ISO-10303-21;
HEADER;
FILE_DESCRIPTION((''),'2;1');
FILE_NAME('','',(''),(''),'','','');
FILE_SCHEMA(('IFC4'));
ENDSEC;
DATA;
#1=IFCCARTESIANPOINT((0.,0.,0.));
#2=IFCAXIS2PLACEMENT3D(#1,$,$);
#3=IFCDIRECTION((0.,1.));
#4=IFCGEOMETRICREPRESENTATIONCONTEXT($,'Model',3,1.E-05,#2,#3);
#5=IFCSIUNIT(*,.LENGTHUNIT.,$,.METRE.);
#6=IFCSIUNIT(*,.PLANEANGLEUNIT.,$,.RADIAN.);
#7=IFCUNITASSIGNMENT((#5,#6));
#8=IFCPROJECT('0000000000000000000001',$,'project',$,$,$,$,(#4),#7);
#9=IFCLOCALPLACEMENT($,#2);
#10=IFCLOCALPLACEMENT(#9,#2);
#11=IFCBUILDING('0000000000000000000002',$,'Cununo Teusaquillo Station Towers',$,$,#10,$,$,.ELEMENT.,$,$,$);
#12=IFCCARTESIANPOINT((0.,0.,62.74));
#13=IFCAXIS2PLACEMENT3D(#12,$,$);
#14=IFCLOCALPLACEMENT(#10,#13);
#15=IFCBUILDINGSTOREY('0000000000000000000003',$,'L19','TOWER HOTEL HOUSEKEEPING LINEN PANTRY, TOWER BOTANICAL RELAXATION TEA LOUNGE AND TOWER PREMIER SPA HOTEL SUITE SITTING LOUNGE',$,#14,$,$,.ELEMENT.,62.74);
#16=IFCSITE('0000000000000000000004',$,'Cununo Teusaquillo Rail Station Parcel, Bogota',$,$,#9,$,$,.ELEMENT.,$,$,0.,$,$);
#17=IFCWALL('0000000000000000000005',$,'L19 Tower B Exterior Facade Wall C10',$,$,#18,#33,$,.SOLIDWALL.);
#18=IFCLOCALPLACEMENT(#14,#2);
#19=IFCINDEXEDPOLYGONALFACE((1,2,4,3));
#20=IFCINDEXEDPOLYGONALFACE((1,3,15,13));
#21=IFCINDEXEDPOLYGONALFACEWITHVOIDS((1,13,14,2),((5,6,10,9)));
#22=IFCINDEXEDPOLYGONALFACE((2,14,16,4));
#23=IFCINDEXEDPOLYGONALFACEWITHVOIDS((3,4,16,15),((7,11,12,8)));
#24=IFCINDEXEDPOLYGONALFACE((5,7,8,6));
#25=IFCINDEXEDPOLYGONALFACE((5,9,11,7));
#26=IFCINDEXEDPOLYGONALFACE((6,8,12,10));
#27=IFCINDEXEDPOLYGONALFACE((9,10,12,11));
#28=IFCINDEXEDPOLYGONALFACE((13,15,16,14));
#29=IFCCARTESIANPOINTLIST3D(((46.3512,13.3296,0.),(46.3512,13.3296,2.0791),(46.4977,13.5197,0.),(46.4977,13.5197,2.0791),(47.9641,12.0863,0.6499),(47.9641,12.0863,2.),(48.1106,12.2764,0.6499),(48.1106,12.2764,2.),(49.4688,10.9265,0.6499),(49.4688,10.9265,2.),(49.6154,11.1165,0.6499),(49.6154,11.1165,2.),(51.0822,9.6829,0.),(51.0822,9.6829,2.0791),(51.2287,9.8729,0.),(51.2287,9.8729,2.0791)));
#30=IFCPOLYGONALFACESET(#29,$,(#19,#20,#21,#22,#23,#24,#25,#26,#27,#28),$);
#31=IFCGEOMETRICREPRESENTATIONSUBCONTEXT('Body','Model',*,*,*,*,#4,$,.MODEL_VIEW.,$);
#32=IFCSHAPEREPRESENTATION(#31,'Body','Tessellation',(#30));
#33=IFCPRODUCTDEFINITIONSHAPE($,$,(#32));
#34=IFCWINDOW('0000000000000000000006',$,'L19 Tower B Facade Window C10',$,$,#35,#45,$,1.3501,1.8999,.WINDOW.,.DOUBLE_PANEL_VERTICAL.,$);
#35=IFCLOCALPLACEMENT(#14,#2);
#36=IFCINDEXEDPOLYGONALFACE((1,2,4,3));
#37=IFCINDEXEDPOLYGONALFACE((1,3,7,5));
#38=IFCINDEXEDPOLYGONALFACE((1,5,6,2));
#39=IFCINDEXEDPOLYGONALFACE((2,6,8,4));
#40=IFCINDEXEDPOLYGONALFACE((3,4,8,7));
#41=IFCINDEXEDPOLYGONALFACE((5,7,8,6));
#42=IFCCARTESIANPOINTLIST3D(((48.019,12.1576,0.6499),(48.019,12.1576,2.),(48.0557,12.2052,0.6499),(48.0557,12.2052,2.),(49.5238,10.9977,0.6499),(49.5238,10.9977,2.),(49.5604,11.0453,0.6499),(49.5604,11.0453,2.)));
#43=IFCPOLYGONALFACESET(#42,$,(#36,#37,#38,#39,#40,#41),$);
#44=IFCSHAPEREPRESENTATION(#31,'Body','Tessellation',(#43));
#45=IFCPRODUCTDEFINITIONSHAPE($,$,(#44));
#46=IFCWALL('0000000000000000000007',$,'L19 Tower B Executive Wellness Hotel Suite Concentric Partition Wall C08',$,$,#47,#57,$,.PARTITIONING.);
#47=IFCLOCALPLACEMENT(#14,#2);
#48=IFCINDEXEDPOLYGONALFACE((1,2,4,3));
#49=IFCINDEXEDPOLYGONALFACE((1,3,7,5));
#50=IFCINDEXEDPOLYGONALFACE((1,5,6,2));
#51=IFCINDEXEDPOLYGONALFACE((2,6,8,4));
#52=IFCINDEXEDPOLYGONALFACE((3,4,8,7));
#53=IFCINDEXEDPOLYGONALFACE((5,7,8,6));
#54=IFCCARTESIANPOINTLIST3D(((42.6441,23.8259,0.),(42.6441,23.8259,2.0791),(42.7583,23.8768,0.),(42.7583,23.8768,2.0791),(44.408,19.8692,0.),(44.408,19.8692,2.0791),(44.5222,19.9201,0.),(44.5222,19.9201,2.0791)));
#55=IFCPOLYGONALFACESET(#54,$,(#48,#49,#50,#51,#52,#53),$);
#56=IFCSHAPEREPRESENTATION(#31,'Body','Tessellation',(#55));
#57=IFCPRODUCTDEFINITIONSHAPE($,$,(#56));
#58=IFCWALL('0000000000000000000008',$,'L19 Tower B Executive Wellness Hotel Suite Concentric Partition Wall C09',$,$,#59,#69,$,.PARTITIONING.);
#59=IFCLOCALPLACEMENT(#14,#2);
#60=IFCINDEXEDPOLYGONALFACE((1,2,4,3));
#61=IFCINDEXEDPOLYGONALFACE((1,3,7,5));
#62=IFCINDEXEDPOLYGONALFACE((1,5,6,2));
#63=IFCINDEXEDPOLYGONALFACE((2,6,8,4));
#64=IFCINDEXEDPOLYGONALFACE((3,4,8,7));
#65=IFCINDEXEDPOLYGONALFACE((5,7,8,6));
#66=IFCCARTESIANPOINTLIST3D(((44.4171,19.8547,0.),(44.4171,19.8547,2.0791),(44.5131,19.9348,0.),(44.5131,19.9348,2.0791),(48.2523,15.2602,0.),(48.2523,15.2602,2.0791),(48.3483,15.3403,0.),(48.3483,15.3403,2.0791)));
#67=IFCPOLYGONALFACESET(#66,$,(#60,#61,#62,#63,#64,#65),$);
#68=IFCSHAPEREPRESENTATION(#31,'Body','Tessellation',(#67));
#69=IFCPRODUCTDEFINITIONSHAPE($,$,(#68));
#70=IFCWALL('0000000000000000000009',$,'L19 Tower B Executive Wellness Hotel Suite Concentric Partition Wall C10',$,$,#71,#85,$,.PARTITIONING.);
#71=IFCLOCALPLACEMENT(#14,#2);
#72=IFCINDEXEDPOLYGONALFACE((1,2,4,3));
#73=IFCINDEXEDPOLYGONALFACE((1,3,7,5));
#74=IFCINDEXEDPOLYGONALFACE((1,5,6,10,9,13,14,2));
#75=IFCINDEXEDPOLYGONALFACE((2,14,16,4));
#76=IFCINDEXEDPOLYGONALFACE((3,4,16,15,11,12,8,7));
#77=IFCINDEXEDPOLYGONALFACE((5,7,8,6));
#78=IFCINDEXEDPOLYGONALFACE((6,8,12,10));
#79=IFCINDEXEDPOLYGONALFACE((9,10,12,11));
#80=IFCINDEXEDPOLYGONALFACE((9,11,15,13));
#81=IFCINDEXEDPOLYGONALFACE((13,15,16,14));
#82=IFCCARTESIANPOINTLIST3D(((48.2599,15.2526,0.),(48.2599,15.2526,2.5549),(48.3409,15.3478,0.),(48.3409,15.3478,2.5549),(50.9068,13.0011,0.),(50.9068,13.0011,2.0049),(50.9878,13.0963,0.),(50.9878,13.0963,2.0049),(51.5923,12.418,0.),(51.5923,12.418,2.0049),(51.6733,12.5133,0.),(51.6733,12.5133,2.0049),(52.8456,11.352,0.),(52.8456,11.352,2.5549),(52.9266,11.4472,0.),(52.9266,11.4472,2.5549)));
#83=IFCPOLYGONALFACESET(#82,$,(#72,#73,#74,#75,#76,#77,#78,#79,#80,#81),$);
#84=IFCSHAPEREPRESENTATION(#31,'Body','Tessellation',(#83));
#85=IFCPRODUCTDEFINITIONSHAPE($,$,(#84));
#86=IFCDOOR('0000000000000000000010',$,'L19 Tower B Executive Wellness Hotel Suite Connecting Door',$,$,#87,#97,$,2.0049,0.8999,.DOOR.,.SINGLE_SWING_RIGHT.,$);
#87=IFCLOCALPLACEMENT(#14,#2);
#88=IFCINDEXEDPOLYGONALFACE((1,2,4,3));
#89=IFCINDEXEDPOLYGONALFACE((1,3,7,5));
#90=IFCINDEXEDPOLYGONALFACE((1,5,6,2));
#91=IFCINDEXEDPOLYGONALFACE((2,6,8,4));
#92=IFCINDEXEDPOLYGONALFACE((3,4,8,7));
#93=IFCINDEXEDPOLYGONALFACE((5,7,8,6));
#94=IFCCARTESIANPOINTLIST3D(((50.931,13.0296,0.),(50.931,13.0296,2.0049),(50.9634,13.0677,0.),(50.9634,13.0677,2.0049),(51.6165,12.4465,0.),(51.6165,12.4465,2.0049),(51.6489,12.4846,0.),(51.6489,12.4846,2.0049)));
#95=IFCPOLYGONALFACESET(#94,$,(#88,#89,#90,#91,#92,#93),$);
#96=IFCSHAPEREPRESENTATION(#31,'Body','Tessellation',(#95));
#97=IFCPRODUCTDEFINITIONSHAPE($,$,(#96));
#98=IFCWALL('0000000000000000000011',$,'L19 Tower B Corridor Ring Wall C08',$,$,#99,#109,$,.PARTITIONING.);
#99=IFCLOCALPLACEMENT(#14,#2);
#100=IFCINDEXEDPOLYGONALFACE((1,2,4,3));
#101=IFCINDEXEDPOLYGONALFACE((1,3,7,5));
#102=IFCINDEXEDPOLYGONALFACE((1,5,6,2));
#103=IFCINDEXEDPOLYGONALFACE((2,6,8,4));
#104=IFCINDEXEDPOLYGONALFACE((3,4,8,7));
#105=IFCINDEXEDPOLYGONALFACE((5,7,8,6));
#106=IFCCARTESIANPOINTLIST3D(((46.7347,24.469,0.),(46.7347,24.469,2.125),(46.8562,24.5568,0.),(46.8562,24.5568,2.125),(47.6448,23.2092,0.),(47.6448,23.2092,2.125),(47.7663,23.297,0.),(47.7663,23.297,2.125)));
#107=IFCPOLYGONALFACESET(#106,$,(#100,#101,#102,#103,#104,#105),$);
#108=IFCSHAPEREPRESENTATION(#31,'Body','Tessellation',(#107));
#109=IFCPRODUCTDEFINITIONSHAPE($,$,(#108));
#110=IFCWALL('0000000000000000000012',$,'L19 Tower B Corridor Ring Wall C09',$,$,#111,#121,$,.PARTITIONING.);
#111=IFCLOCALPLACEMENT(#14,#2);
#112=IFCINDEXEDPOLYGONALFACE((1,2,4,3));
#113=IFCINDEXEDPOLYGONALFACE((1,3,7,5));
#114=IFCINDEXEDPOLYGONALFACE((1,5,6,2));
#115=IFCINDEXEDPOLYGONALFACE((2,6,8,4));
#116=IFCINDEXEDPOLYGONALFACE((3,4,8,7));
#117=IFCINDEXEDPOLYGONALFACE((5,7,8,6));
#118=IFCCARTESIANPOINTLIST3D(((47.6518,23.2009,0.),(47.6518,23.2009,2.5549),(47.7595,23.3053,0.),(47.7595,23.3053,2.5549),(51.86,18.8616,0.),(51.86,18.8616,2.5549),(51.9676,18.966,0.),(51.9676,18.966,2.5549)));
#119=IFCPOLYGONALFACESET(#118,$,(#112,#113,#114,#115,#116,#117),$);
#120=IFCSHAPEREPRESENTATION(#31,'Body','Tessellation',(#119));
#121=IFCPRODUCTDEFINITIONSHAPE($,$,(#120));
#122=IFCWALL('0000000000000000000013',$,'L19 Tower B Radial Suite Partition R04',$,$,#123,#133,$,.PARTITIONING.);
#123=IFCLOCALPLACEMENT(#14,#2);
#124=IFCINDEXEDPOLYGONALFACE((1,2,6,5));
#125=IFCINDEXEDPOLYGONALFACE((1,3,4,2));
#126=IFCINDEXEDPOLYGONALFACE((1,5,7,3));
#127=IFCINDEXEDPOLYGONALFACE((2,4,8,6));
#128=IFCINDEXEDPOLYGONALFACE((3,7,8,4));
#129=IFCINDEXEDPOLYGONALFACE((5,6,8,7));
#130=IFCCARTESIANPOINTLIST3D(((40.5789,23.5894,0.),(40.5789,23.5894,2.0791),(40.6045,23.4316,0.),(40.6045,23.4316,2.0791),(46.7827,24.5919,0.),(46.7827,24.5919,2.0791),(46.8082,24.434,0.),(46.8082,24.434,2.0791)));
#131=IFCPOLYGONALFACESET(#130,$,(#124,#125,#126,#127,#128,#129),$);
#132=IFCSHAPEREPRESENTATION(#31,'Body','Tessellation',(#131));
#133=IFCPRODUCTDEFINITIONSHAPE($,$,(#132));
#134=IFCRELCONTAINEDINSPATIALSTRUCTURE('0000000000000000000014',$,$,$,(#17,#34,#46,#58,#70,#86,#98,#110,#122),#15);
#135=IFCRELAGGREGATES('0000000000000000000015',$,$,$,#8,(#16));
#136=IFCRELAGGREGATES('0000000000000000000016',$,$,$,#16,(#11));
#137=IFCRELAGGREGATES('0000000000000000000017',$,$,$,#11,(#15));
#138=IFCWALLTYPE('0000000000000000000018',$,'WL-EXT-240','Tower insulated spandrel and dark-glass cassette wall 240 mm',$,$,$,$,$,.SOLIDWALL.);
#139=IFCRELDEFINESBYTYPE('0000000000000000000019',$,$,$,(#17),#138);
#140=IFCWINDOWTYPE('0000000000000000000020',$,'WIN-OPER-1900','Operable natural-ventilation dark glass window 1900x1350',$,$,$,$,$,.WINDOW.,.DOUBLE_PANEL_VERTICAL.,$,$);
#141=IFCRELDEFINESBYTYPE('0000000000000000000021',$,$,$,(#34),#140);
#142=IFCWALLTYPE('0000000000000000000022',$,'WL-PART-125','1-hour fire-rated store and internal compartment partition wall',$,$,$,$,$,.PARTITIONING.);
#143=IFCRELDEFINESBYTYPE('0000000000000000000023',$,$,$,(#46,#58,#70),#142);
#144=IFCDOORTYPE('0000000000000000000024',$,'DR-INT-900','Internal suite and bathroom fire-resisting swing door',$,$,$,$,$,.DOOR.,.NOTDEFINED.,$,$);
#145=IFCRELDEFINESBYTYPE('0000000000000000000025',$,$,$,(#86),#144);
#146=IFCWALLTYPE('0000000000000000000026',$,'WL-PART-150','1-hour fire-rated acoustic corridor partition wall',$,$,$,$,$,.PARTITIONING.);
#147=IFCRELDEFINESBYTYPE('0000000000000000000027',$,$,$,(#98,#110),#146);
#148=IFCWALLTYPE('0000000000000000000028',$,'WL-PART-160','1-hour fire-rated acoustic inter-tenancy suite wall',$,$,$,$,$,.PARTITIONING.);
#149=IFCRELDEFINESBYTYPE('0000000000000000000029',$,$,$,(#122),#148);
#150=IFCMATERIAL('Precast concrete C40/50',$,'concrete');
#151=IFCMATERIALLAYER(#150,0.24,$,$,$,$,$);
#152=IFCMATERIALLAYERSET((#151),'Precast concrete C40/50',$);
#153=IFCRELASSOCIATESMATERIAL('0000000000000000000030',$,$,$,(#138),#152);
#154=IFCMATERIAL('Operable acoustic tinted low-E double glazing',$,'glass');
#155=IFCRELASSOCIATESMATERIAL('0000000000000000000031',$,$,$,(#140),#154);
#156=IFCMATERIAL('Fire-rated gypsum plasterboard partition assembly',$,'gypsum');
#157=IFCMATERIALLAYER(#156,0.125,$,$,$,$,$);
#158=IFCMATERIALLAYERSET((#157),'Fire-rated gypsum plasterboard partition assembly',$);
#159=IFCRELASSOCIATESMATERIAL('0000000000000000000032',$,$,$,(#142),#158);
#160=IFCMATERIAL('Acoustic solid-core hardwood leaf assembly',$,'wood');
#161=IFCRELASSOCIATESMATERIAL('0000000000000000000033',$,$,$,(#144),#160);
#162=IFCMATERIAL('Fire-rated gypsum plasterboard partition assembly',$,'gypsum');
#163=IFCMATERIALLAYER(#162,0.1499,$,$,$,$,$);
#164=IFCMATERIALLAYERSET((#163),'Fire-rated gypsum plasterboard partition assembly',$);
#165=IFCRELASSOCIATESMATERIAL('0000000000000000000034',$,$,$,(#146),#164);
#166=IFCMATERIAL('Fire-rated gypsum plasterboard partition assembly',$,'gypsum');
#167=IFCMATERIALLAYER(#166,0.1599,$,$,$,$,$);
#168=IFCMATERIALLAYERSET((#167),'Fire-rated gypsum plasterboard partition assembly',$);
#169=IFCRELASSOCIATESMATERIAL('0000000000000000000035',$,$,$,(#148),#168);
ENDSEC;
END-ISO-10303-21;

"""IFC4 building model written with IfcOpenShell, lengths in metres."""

from ifc_helpers import new_model, si_unit, direction, frame, frame_2d, origin, place, context, subcontext, project, spatial, rectangle, extrude, source, transform, mapped, material, layer, layer_set, type_object, element, fill, save


model = new_model("IFC4")

# Units and contexts
model_context = context("Model", 3, precision=1e-05, world=origin(), true_north=direction((0.0, 1.0)))
body_context = subcontext(model_context, "Body", "Model", "MODEL_VIEW")
ifc_project = project(units=[si_unit("LENGTHUNIT", "METRE"), si_unit("PLANEANGLEUNIT", "RADIAN")], contexts=[model_context])

# Site, building, storey
site_placement = place(None, origin())
site = spatial("IfcSite", under=ifc_project, at=site_placement, Name="Cununo Teusaquillo Rail Station Parcel, Bogota", CompositionType="ELEMENT", RefElevation=0.0)
building_placement = place(site_placement, origin())
building = spatial("IfcBuilding", under=site, at=building_placement, Name="Cununo Teusaquillo Station Towers", CompositionType="ELEMENT")
storey_placement = place(building_placement, frame((0.0, 0.0, 62.74)))
storey = spatial("IfcBuildingStorey", under=building, at=storey_placement, Name="L19", Description="TOWER HOTEL HOUSEKEEPING LINEN PANTRY, TOWER BOTANICAL RELAXATION TEA LOUNGE AND TOWER PREMIER SPA HOTEL SUITE SITTING LOUNGE", CompositionType="ELEMENT", Elevation=62.74)

# Shared definitions
ifc_material_1 = material(Name="Precast concrete C40/50", Category="concrete")
ifc_layer_1 = layer(ifc_material_1, 0.24)
ifc_layer_set_1 = layer_set([ifc_layer_1], Name="Precast concrete C40/50")
wall_type_1 = type_object("IfcWallType", Name="WL-EXT-240", Description="Tower insulated spandrel and dark-glass cassette wall 240 mm", PredefinedType="SOLIDWALL", material=ifc_layer_set_1)

# Shared definitions
shared_shape_1 = source(origin(), body_context, "Body", "SweptSolid", [
    extrude(rectangle(XDim=1.8999, YDim=1.3501, at=frame_2d((0.95, 0.675))), frame((0.0, 0.1299, 0.0), z_axis=(0.0, -1.0, 0.0), x_axis=(1.0, 0.0, 0.0)), (0.0, 0.0, 1.0), 0.26),
])
ifc_material_2 = material(Name="Operable acoustic tinted low-E double glazing", Category="glass")
window_type_1 = type_object("IfcWindowType", Name="WIN-OPER-1900", Description="Operable natural-ventilation dark glass window 1900x1350", PartitioningType="DOUBLE_PANEL_VERTICAL", PredefinedType="WINDOW", material=ifc_material_2)
shared_shape_2 = source(origin(), body_context, "Body", "SweptSolid", [
    extrude(rectangle(XDim=1.8999, YDim=1.3501, at=frame_2d((0.95, 0.675))), frame((0.0, 0.03, 0.0), z_axis=(0.0, -1.0, 0.0), x_axis=(1.0, 0.0, 0.0)), (0.0, 0.0, 1.0), 0.0601),
])

# Wall, opening, window
wall_1_placement = place(storey_placement, frame((51.1555, 9.7778, 0.0), z_axis=(0.0, 0.0, 1.0), x_axis=(-0.792014, 0.610503, 0.0)))
wall_1 = element("IfcWall", 1, at=wall_1_placement, inside=storey, type_object=wall_type_1, Name="L19 Tower B Exterior Facade Wall C10", PredefinedType="SOLIDWALL", context=body_context, shape_type="SweptSolid", body=[
    extrude(rectangle(XDim=5.9734, YDim=0.24, at=frame_2d((2.9868, 0.0))), origin(), (0.0, 0.0, 1.0), 2.0791),
])
opening_1_placement = place(wall_1_placement, frame((2.0371, 0.0, 0.6499)))
opening_1 = element("IfcOpeningElement", 2, at=opening_1_placement, cuts=wall_1, PredefinedType="OPENING", context=body_context, shape_type="MappedRepresentation", body=[
    mapped(shared_shape_1, transform((0.0, 0.0, 0.0), x_axis=(1.0, 0.0, 0.0), y_axis=(0.0, 1.0, 0.0), z_axis=(0.0, 0.0, 1.0), scale=1.0)),
])
window_1_placement = place(opening_1_placement, origin())
window_1 = element("IfcWindow", 3, at=window_1_placement, inside=storey, type_object=window_type_1, Name="L19 Tower B Facade Window C10", OverallHeight=1.3501, OverallWidth=1.8999, PartitioningType="DOUBLE_PANEL_VERTICAL", PredefinedType="WINDOW", context=body_context, shape_type="MappedRepresentation", body=[
    mapped(shared_shape_2, transform((0.0, 0.0, 0.0), x_axis=(1.0, 0.0, 0.0), y_axis=(0.0, 1.0, 0.0), z_axis=(0.0, 0.0, 1.0), scale=1.0)),
])
fill(opening_1, window_1)

# Walls
ifc_material_3 = material(Name="Fire-rated gypsum plasterboard partition assembly", Category="gypsum")
ifc_layer_2 = layer(ifc_material_3, 0.125)
ifc_layer_set_2 = layer_set([ifc_layer_2], Name="Fire-rated gypsum plasterboard partition assembly")
wall_type_2 = type_object("IfcWallType", Name="WL-PART-125", Description="1-hour fire-rated store and internal compartment partition wall", PredefinedType="PARTITIONING", material=ifc_layer_set_2)
wall_2_placement = place(storey_placement, frame((42.7012, 23.8513, 0.0), z_axis=(0.0, 0.0, 1.0), x_axis=(0.407189, -0.913344, 0.0)))
element("IfcWall", 4, at=wall_2_placement, inside=storey, type_object=wall_type_2, Name="L19 Tower B Executive Wellness Hotel Suite Concentric Partition Wall C08", PredefinedType="PARTITIONING", context=body_context, shape_type="SweptSolid", body=[
    extrude(rectangle(XDim=4.332, YDim=0.125, at=frame_2d((2.166, 0.0))), origin(), (0.0, 0.0, 1.0), 2.0791),
])
wall_3_placement = place(storey_placement, frame((44.4651, 19.8948, 0.0), z_axis=(0.0, 0.0, 1.0), x_axis=(0.640822, -0.767689, 0.0)))
element("IfcWall", 5, at=wall_3_placement, inside=storey, type_object=wall_type_2, Name="L19 Tower B Executive Wellness Hotel Suite Concentric Partition Wall C09", PredefinedType="PARTITIONING", context=body_context, shape_type="SweptSolid", body=[
    extrude(rectangle(XDim=5.9849, YDim=0.125, at=frame_2d((2.9924, 0.0))), origin(), (0.0, 0.0, 1.0), 2.0791),
])

# Wall, opening, door
wall_4_placement = place(storey_placement, frame((48.3003, 15.3003, 0.0), z_axis=(0.0, 0.0, 1.0), x_axis=(0.76171, -0.647918, 0.0)))
wall_4 = element("IfcWall", 6, at=wall_4_placement, inside=storey, type_object=wall_type_2, Name="L19 Tower B Executive Wellness Hotel Suite Concentric Partition Wall C10", PredefinedType="PARTITIONING", context=body_context, shape_type="SweptSolid", body=[
    extrude(rectangle(XDim=6.0203, YDim=0.125, at=frame_2d((3.0103, 0.0))), origin(), (0.0, 0.0, 1.0), 2.5549),
])
shared_shape_3 = source(origin(), body_context, "Body", "SweptSolid", [
    extrude(rectangle(XDim=0.8999, YDim=2.0049, at=frame_2d((0.45, 1.0024))), frame((0.0, 0.0725, 0.0), z_axis=(0.0, -1.0, 0.0), x_axis=(1.0, 0.0, 0.0)), (0.0, 0.0, 1.0), 0.145),
])
opening_2_placement = place(wall_4_placement, frame((3.4751, 0.0, 0.0)))
opening_2 = element("IfcOpeningElement", 7, at=opening_2_placement, cuts=wall_4, PredefinedType="OPENING", context=body_context, shape_type="MappedRepresentation", body=[
    mapped(shared_shape_3, transform((0.0, 0.0, 0.0), x_axis=(1.0, 0.0, 0.0), y_axis=(0.0, 1.0, 0.0), z_axis=(0.0, 0.0, 1.0), scale=1.0)),
])
ifc_material_4 = material(Name="Acoustic solid-core hardwood leaf assembly", Category="wood")
door_type_1 = type_object("IfcDoorType", Name="DR-INT-900", Description="Internal suite and bathroom fire-resisting swing door", OperationType="NOTDEFINED", PredefinedType="DOOR", material=ifc_material_4)
shared_shape_4 = source(origin(), body_context, "Body", "SweptSolid", [
    extrude(rectangle(XDim=0.8999, YDim=2.0049, at=frame_2d((0.45, 1.0024))), frame((0.0, 0.0249, 0.0), z_axis=(0.0, -1.0, 0.0), x_axis=(1.0, 0.0, 0.0)), (0.0, 0.0, 1.0), 0.05),
])
door_1_placement = place(opening_2_placement, origin())
door_1 = element("IfcDoor", 8, at=door_1_placement, inside=storey, type_object=door_type_1, Name="L19 Tower B Executive Wellness Hotel Suite Connecting Door", OperationType="SINGLE_SWING_RIGHT", OverallHeight=2.0049, OverallWidth=0.8999, PredefinedType="DOOR", context=body_context, shape_type="MappedRepresentation", body=[
    mapped(shared_shape_4, transform((0.0, 0.0, 0.0), x_axis=(1.0, 0.0, 0.0), y_axis=(0.0, 1.0, 0.0), z_axis=(0.0, 0.0, 1.0), scale=1.0)),
])
fill(opening_2, door_1)

# Walls
ifc_material_5 = material(Name="Fire-rated gypsum plasterboard partition assembly", Category="gypsum")
ifc_layer_3 = layer(ifc_material_5, 0.1499)
ifc_layer_set_3 = layer_set([ifc_layer_3], Name="Fire-rated gypsum plasterboard partition assembly")
wall_type_3 = type_object("IfcWallType", Name="WL-PART-150", Description="1-hour fire-rated acoustic corridor partition wall", PredefinedType="PARTITIONING", material=ifc_layer_set_3)
wall_5_placement = place(storey_placement, frame((46.7954, 24.5129, 0.0), z_axis=(0.0, 0.0, 1.0), x_axis=(0.585628, -0.81058, 0.0)))
element("IfcWall", 9, at=wall_5_placement, inside=storey, type_object=wall_type_3, Name="L19 Tower B Corridor Ring Wall C08", PredefinedType="PARTITIONING", context=body_context, shape_type="SweptSolid", body=[
    extrude(rectangle(XDim=1.5542, YDim=0.1499, at=frame_2d((0.7771, 0.0))), origin(), (0.0, 0.0, 1.0), 2.125),
])
wall_6_placement = place(storey_placement, frame((47.7056, 23.2532, 0.0), z_axis=(0.0, 0.0, 1.0), x_axis=(0.696179, -0.717868, 0.0)))
element("IfcWall", 10, at=wall_6_placement, inside=storey, type_object=wall_type_3, Name="L19 Tower B Corridor Ring Wall C09", PredefinedType="PARTITIONING", context=body_context, shape_type="SweptSolid", body=[
    extrude(rectangle(XDim=6.0447, YDim=0.1499, at=frame_2d((3.0225, 0.0))), origin(), (0.0, 0.0, 1.0), 2.5549),
])
ifc_material_6 = material(Name="Fire-rated gypsum plasterboard partition assembly", Category="gypsum")
ifc_layer_4 = layer(ifc_material_6, 0.1599)
ifc_layer_set_4 = layer_set([ifc_layer_4], Name="Fire-rated gypsum plasterboard partition assembly")
wall_type_4 = type_object("IfcWallType", Name="WL-PART-160", Description="1-hour fire-rated acoustic inter-tenancy suite wall", PredefinedType="PARTITIONING", material=ifc_layer_set_4)
wall_7_placement = place(storey_placement, frame((46.7954, 24.5129, 0.0), z_axis=(0.0, 0.0, 1.0), x_axis=(-0.987195, -0.159521, 0.0)))
element("IfcWall", 11, at=wall_7_placement, inside=storey, type_object=wall_type_4, Name="L19 Tower B Radial Suite Partition R04", PredefinedType="PARTITIONING", context=body_context, shape_type="SweptSolid", body=[
    extrude(rectangle(XDim=6.2842, YDim=0.1599, at=frame_2d((3.1421, 0.0))), origin(), (0.0, 0.0, 1.0), 2.0791),
])

save(model, "model.ifc")
